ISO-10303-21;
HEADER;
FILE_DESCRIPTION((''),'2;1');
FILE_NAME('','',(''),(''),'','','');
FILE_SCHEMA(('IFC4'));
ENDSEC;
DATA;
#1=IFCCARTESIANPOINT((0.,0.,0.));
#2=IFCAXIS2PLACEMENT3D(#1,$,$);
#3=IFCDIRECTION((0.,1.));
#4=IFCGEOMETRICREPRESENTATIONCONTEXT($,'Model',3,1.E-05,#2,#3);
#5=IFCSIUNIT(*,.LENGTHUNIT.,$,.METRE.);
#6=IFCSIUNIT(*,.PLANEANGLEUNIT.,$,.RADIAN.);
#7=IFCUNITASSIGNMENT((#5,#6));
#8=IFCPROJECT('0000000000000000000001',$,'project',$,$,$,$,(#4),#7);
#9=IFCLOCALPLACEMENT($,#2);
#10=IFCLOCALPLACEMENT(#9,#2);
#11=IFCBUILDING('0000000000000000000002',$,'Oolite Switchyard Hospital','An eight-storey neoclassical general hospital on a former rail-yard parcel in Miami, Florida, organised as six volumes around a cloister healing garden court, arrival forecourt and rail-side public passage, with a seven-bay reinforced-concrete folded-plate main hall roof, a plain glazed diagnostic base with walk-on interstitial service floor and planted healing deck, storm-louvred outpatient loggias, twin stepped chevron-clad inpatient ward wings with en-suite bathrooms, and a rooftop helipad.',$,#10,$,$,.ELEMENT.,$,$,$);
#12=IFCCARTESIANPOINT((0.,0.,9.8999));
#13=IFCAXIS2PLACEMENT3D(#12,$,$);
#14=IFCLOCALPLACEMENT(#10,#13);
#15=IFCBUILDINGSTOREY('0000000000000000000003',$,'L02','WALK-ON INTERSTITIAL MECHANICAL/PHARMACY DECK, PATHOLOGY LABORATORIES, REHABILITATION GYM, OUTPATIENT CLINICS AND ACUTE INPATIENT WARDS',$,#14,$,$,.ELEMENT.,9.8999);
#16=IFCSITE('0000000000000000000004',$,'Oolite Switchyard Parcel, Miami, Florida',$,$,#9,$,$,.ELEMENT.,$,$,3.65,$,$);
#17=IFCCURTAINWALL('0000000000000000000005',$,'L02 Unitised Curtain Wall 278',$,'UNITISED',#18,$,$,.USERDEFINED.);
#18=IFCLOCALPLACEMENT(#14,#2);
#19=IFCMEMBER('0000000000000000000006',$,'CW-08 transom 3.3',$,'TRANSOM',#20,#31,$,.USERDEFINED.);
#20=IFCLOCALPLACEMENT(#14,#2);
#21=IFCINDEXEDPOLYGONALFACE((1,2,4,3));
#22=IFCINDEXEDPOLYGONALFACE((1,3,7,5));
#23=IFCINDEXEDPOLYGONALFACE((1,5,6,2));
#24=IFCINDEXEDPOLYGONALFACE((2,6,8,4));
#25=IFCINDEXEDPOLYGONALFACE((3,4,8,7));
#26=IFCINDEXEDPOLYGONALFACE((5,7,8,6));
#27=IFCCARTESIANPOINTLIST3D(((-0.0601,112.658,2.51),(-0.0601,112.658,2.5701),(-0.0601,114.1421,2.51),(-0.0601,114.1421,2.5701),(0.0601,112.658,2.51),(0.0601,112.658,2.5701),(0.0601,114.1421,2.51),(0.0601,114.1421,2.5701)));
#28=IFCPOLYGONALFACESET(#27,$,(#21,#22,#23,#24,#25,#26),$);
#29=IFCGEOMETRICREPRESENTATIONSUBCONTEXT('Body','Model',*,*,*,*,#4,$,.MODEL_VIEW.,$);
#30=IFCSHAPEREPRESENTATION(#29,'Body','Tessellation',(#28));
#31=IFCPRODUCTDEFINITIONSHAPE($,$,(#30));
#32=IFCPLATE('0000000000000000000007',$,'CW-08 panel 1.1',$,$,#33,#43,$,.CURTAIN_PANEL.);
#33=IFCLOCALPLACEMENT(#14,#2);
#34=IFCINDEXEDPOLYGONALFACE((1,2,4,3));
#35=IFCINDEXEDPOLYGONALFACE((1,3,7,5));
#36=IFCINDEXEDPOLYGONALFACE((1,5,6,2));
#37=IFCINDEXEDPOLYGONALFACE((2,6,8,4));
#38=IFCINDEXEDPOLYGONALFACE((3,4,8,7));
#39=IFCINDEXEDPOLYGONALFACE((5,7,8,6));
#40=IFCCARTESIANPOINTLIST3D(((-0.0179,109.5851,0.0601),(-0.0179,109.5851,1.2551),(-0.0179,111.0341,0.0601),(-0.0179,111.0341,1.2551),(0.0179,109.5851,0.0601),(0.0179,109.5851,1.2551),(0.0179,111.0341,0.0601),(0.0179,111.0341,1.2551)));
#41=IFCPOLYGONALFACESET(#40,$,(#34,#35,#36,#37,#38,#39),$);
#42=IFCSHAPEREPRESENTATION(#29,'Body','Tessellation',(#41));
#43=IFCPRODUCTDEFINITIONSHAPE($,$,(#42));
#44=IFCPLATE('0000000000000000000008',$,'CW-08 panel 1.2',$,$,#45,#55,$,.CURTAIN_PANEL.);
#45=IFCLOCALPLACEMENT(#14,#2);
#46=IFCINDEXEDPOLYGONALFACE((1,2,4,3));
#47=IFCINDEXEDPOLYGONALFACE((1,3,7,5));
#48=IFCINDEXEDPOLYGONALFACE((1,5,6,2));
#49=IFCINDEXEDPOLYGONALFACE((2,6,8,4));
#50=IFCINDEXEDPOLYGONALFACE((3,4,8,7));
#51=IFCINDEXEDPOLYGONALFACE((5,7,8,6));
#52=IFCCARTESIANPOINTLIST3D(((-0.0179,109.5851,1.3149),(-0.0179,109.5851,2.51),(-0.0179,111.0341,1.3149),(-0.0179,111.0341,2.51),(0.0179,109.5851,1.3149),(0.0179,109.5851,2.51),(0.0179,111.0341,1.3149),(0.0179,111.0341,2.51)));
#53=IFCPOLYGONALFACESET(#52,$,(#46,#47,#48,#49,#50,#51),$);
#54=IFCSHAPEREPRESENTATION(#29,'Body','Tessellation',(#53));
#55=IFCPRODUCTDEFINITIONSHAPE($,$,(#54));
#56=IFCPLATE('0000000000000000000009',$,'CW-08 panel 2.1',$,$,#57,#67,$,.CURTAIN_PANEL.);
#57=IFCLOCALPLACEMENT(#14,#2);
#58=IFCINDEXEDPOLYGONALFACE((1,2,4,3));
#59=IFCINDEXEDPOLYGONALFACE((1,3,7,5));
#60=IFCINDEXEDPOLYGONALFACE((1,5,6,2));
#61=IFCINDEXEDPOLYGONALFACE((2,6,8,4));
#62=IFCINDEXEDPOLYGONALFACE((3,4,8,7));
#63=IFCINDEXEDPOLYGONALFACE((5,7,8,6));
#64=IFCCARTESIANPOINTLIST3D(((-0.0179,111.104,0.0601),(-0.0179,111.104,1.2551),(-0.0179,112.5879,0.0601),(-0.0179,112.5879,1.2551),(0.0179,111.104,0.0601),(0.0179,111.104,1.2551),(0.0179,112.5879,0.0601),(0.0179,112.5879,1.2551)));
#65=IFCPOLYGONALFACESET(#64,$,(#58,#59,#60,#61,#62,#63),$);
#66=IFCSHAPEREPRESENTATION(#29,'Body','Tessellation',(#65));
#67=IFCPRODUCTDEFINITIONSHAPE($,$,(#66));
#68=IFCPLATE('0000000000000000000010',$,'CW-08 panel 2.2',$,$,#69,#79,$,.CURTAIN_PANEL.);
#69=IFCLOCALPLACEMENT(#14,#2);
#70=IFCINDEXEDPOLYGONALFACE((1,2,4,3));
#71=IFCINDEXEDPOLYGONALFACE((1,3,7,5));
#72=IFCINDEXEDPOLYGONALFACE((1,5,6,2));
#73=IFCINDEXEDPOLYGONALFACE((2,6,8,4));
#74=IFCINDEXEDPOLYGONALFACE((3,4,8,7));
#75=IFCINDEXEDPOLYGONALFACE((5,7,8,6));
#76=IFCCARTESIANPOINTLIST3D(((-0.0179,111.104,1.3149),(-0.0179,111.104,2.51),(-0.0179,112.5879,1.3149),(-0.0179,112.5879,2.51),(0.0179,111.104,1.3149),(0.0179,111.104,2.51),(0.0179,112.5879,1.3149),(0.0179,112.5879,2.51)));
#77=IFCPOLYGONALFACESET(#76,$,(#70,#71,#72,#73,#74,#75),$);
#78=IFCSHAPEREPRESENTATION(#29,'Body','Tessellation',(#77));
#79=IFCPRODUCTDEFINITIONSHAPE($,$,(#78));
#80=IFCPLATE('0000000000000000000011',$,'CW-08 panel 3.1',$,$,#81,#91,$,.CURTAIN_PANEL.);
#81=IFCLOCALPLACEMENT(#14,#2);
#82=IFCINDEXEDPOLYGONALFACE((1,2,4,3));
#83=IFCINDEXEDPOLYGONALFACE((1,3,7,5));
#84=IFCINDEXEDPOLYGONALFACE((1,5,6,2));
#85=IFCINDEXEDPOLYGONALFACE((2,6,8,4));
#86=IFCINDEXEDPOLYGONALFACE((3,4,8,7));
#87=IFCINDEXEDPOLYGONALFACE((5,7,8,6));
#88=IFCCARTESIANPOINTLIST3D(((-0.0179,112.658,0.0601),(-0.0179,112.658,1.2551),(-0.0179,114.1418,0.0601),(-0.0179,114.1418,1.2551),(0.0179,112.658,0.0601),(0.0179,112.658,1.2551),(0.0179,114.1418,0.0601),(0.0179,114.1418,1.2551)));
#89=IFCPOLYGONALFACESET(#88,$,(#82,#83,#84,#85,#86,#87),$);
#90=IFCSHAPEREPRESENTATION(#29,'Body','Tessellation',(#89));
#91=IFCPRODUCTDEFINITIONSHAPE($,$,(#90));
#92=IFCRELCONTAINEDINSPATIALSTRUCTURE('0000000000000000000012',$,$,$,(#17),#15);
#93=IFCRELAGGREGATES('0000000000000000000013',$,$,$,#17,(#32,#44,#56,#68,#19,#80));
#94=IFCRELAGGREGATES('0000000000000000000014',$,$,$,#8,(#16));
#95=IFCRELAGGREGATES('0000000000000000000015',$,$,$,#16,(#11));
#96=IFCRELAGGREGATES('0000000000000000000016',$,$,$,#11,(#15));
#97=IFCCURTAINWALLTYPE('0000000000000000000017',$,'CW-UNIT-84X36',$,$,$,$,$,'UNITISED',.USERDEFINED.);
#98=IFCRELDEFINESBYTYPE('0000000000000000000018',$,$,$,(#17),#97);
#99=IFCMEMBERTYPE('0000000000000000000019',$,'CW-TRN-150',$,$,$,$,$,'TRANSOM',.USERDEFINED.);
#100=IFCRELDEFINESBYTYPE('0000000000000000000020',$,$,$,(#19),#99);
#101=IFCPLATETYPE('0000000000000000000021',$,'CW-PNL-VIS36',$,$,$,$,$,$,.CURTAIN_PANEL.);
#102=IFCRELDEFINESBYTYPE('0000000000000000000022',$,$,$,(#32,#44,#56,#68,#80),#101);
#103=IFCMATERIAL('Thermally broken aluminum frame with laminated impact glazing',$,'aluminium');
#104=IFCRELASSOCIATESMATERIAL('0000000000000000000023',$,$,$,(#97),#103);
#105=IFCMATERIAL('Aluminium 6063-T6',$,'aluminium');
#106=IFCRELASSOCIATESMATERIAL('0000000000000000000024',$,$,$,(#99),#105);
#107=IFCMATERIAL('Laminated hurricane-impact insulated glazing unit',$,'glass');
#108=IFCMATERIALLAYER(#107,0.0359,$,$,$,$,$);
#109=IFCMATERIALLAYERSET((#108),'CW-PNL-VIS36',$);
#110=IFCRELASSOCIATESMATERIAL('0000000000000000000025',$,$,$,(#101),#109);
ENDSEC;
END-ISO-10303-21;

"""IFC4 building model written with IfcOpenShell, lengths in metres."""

from ifc_helpers import new_model, si_unit, direction, frame, origin, origin_2d, place, context, subcontext, project, spatial, rectangle, extrude, material, layer, layer_set, material_profile, profile_set, type_object, element, aggregate, save


model = new_model("IFC4")

# Units and contexts
model_context = context("Model", 3, precision=1e-05, world=origin(), true_north=direction((0.0, 1.0)))
body_context = subcontext(model_context, "Body", "Model", "MODEL_VIEW")
ifc_project = project(units=[si_unit("LENGTHUNIT", "METRE"), si_unit("PLANEANGLEUNIT", "RADIAN")], contexts=[model_context])

# Site, building, storey
site_placement = place(None, origin())
site = spatial("IfcSite", under=ifc_project, at=site_placement, Name="Oolite Switchyard Parcel, Miami, Florida", CompositionType="ELEMENT", RefElevation=3.65)
building_placement = place(site_placement, origin())
building = spatial("IfcBuilding", under=site, at=building_placement, Name="Oolite Switchyard Hospital", Description="An eight-storey neoclassical general hospital on a former rail-yard parcel in Miami, Florida, organised as six volumes around a cloister healing garden court, arrival forecourt and rail-side public passage, with a seven-bay reinforced-concrete folded-plate main hall roof, a plain glazed diagnostic base with walk-on interstitial service floor and planted healing deck, storm-louvred outpatient loggias, twin stepped chevron-clad inpatient ward wings with en-suite bathrooms, and a rooftop helipad.", CompositionType="ELEMENT")
storey_placement = place(building_placement, frame((0.0, 0.0, 9.8999)))
storey = spatial("IfcBuildingStorey", under=building, at=storey_placement, Name="L02", Description="WALK-ON INTERSTITIAL MECHANICAL/PHARMACY DECK, PATHOLOGY LABORATORIES, REHABILITATION GYM, OUTPATIENT CLINICS AND ACUTE INPATIENT WARDS", CompositionType="ELEMENT", Elevation=9.8999)

# Curtain wall, member, plates
ifc_material_1 = material(Name="Thermally broken aluminum frame with laminated impact glazing", Category="aluminium")
curtain_wall_type = type_object("IfcCurtainWallType", Name="CW-UNIT-84X36", ElementType="UNITISED", PredefinedType="USERDEFINED", material=ifc_material_1)
curtain_wall_placement = place(storey_placement, origin())
curtain_wall = element("IfcCurtainWall", 1, at=curtain_wall_placement, inside=storey, type_object=curtain_wall_type, Name="L02 Unitised Curtain Wall 278", ObjectType="UNITISED", PredefinedType="USERDEFINED")
ifc_material_2 = material(Name="Aluminium 6063-T6", Category="aluminium")
ifc_material_profile_1 = material_profile(ifc_material_2, rectangle(XDim=0.1201, YDim=0.0601, at=origin_2d()), Name="CWT60X120")
ifc_profile_set_1 = profile_set([ifc_material_profile_1], Name="Aluminium 6063-T6")
member_type_1 = type_object("IfcMemberType", Name="CW-TRN-150", ElementType="TRANSOM", PredefinedType="USERDEFINED", material=ifc_profile_set_1)
member_1_placement = place(storey_placement, frame((0.0, 112.658, 2.54), z_axis=(0.0, 1.0, 0.0), x_axis=(-1.0, 0.0, 0.0)))
member_1 = element("IfcMember", 2, at=member_1_placement, type_object=member_type_1, Name="CW-08 transom 3.3", ObjectType="TRANSOM", PredefinedType="USERDEFINED", context=body_context, shape_type="SweptSolid", body=[
    extrude(rectangle(XDim=0.1201, YDim=0.0601, at=origin_2d()), origin(), (0.0, 0.0, 1.0), 1.4841),
])
ifc_material_3 = material(Name="Laminated hurricane-impact insulated glazing unit", Category="glass")
ifc_layer = layer(ifc_material_3, 0.0359)
ifc_layer_set = layer_set([ifc_layer], Name="CW-PNL-VIS36")
plate_type = type_object("IfcPlateType", Name="CW-PNL-VIS36", PredefinedType="CURTAIN_PANEL", material=ifc_layer_set)
plate_1_placement = place(storey_placement, frame((0.0, 110.3096, 0.0601), z_axis=(0.0, 0.0, 1.0), x_axis=(0.0, 1.0, 0.0)))
plate_1 = element("IfcPlate", 3, at=plate_1_placement, type_object=plate_type, Name="CW-08 panel 1.1", PredefinedType="CURTAIN_PANEL", context=body_context, shape_type="SweptSolid", body=[
    extrude(rectangle(XDim=1.449, YDim=0.0359, at=origin_2d()), origin(), (0.0, 0.0, 1.0), 1.1951),
])
plate_2_placement = place(storey_placement, frame((0.0, 110.3096, 1.3149), z_axis=(0.0, 0.0, 1.0), x_axis=(0.0, 1.0, 0.0)))
plate_2 = element("IfcPlate", 4, at=plate_2_placement, type_object=plate_type, Name="CW-08 panel 1.2", PredefinedType="CURTAIN_PANEL", context=body_context, shape_type="SweptSolid", body=[
    extrude(rectangle(XDim=1.449, YDim=0.0359, at=origin_2d()), origin(), (0.0, 0.0, 1.0), 1.1951),
])
plate_3_placement = place(storey_placement, frame((0.0, 111.8459, 0.0601), z_axis=(0.0, 0.0, 1.0), x_axis=(0.0, 1.0, 0.0)))
plate_3 = element("IfcPlate", 5, at=plate_3_placement, type_object=plate_type, Name="CW-08 panel 2.1", PredefinedType="CURTAIN_PANEL", context=body_context, shape_type="SweptSolid", body=[
    extrude(rectangle(XDim=1.4839, YDim=0.0359, at=origin_2d()), origin(), (0.0, 0.0, 1.0), 1.1951),
])
plate_4_placement = place(storey_placement, frame((0.0, 111.8459, 1.3149), z_axis=(0.0, 0.0, 1.0), x_axis=(0.0, 1.0, 0.0)))
plate_4 = element("IfcPlate", 6, at=plate_4_placement, type_object=plate_type, Name="CW-08 panel 2.2", PredefinedType="CURTAIN_PANEL", context=body_context, shape_type="SweptSolid", body=[
    extrude(rectangle(XDim=1.4839, YDim=0.0359, at=origin_2d()), origin(), (0.0, 0.0, 1.0), 1.1951),
])
plate_5_placement = place(storey_placement, frame((0.0, 113.3999, 0.0601), z_axis=(0.0, 0.0, 1.0), x_axis=(0.0, 1.0, 0.0)))
plate_5 = element("IfcPlate", 7, at=plate_5_placement, type_object=plate_type, Name="CW-08 panel 3.1", PredefinedType="CURTAIN_PANEL", context=body_context, shape_type="SweptSolid", body=[
    extrude(rectangle(XDim=1.4839, YDim=0.0359, at=origin_2d()), origin(), (0.0, 0.0, 1.0), 1.1951),
])
aggregate(curtain_wall, [plate_1, plate_2, plate_3, plate_4, member_1, plate_5])

save(model, "model.ifc")
